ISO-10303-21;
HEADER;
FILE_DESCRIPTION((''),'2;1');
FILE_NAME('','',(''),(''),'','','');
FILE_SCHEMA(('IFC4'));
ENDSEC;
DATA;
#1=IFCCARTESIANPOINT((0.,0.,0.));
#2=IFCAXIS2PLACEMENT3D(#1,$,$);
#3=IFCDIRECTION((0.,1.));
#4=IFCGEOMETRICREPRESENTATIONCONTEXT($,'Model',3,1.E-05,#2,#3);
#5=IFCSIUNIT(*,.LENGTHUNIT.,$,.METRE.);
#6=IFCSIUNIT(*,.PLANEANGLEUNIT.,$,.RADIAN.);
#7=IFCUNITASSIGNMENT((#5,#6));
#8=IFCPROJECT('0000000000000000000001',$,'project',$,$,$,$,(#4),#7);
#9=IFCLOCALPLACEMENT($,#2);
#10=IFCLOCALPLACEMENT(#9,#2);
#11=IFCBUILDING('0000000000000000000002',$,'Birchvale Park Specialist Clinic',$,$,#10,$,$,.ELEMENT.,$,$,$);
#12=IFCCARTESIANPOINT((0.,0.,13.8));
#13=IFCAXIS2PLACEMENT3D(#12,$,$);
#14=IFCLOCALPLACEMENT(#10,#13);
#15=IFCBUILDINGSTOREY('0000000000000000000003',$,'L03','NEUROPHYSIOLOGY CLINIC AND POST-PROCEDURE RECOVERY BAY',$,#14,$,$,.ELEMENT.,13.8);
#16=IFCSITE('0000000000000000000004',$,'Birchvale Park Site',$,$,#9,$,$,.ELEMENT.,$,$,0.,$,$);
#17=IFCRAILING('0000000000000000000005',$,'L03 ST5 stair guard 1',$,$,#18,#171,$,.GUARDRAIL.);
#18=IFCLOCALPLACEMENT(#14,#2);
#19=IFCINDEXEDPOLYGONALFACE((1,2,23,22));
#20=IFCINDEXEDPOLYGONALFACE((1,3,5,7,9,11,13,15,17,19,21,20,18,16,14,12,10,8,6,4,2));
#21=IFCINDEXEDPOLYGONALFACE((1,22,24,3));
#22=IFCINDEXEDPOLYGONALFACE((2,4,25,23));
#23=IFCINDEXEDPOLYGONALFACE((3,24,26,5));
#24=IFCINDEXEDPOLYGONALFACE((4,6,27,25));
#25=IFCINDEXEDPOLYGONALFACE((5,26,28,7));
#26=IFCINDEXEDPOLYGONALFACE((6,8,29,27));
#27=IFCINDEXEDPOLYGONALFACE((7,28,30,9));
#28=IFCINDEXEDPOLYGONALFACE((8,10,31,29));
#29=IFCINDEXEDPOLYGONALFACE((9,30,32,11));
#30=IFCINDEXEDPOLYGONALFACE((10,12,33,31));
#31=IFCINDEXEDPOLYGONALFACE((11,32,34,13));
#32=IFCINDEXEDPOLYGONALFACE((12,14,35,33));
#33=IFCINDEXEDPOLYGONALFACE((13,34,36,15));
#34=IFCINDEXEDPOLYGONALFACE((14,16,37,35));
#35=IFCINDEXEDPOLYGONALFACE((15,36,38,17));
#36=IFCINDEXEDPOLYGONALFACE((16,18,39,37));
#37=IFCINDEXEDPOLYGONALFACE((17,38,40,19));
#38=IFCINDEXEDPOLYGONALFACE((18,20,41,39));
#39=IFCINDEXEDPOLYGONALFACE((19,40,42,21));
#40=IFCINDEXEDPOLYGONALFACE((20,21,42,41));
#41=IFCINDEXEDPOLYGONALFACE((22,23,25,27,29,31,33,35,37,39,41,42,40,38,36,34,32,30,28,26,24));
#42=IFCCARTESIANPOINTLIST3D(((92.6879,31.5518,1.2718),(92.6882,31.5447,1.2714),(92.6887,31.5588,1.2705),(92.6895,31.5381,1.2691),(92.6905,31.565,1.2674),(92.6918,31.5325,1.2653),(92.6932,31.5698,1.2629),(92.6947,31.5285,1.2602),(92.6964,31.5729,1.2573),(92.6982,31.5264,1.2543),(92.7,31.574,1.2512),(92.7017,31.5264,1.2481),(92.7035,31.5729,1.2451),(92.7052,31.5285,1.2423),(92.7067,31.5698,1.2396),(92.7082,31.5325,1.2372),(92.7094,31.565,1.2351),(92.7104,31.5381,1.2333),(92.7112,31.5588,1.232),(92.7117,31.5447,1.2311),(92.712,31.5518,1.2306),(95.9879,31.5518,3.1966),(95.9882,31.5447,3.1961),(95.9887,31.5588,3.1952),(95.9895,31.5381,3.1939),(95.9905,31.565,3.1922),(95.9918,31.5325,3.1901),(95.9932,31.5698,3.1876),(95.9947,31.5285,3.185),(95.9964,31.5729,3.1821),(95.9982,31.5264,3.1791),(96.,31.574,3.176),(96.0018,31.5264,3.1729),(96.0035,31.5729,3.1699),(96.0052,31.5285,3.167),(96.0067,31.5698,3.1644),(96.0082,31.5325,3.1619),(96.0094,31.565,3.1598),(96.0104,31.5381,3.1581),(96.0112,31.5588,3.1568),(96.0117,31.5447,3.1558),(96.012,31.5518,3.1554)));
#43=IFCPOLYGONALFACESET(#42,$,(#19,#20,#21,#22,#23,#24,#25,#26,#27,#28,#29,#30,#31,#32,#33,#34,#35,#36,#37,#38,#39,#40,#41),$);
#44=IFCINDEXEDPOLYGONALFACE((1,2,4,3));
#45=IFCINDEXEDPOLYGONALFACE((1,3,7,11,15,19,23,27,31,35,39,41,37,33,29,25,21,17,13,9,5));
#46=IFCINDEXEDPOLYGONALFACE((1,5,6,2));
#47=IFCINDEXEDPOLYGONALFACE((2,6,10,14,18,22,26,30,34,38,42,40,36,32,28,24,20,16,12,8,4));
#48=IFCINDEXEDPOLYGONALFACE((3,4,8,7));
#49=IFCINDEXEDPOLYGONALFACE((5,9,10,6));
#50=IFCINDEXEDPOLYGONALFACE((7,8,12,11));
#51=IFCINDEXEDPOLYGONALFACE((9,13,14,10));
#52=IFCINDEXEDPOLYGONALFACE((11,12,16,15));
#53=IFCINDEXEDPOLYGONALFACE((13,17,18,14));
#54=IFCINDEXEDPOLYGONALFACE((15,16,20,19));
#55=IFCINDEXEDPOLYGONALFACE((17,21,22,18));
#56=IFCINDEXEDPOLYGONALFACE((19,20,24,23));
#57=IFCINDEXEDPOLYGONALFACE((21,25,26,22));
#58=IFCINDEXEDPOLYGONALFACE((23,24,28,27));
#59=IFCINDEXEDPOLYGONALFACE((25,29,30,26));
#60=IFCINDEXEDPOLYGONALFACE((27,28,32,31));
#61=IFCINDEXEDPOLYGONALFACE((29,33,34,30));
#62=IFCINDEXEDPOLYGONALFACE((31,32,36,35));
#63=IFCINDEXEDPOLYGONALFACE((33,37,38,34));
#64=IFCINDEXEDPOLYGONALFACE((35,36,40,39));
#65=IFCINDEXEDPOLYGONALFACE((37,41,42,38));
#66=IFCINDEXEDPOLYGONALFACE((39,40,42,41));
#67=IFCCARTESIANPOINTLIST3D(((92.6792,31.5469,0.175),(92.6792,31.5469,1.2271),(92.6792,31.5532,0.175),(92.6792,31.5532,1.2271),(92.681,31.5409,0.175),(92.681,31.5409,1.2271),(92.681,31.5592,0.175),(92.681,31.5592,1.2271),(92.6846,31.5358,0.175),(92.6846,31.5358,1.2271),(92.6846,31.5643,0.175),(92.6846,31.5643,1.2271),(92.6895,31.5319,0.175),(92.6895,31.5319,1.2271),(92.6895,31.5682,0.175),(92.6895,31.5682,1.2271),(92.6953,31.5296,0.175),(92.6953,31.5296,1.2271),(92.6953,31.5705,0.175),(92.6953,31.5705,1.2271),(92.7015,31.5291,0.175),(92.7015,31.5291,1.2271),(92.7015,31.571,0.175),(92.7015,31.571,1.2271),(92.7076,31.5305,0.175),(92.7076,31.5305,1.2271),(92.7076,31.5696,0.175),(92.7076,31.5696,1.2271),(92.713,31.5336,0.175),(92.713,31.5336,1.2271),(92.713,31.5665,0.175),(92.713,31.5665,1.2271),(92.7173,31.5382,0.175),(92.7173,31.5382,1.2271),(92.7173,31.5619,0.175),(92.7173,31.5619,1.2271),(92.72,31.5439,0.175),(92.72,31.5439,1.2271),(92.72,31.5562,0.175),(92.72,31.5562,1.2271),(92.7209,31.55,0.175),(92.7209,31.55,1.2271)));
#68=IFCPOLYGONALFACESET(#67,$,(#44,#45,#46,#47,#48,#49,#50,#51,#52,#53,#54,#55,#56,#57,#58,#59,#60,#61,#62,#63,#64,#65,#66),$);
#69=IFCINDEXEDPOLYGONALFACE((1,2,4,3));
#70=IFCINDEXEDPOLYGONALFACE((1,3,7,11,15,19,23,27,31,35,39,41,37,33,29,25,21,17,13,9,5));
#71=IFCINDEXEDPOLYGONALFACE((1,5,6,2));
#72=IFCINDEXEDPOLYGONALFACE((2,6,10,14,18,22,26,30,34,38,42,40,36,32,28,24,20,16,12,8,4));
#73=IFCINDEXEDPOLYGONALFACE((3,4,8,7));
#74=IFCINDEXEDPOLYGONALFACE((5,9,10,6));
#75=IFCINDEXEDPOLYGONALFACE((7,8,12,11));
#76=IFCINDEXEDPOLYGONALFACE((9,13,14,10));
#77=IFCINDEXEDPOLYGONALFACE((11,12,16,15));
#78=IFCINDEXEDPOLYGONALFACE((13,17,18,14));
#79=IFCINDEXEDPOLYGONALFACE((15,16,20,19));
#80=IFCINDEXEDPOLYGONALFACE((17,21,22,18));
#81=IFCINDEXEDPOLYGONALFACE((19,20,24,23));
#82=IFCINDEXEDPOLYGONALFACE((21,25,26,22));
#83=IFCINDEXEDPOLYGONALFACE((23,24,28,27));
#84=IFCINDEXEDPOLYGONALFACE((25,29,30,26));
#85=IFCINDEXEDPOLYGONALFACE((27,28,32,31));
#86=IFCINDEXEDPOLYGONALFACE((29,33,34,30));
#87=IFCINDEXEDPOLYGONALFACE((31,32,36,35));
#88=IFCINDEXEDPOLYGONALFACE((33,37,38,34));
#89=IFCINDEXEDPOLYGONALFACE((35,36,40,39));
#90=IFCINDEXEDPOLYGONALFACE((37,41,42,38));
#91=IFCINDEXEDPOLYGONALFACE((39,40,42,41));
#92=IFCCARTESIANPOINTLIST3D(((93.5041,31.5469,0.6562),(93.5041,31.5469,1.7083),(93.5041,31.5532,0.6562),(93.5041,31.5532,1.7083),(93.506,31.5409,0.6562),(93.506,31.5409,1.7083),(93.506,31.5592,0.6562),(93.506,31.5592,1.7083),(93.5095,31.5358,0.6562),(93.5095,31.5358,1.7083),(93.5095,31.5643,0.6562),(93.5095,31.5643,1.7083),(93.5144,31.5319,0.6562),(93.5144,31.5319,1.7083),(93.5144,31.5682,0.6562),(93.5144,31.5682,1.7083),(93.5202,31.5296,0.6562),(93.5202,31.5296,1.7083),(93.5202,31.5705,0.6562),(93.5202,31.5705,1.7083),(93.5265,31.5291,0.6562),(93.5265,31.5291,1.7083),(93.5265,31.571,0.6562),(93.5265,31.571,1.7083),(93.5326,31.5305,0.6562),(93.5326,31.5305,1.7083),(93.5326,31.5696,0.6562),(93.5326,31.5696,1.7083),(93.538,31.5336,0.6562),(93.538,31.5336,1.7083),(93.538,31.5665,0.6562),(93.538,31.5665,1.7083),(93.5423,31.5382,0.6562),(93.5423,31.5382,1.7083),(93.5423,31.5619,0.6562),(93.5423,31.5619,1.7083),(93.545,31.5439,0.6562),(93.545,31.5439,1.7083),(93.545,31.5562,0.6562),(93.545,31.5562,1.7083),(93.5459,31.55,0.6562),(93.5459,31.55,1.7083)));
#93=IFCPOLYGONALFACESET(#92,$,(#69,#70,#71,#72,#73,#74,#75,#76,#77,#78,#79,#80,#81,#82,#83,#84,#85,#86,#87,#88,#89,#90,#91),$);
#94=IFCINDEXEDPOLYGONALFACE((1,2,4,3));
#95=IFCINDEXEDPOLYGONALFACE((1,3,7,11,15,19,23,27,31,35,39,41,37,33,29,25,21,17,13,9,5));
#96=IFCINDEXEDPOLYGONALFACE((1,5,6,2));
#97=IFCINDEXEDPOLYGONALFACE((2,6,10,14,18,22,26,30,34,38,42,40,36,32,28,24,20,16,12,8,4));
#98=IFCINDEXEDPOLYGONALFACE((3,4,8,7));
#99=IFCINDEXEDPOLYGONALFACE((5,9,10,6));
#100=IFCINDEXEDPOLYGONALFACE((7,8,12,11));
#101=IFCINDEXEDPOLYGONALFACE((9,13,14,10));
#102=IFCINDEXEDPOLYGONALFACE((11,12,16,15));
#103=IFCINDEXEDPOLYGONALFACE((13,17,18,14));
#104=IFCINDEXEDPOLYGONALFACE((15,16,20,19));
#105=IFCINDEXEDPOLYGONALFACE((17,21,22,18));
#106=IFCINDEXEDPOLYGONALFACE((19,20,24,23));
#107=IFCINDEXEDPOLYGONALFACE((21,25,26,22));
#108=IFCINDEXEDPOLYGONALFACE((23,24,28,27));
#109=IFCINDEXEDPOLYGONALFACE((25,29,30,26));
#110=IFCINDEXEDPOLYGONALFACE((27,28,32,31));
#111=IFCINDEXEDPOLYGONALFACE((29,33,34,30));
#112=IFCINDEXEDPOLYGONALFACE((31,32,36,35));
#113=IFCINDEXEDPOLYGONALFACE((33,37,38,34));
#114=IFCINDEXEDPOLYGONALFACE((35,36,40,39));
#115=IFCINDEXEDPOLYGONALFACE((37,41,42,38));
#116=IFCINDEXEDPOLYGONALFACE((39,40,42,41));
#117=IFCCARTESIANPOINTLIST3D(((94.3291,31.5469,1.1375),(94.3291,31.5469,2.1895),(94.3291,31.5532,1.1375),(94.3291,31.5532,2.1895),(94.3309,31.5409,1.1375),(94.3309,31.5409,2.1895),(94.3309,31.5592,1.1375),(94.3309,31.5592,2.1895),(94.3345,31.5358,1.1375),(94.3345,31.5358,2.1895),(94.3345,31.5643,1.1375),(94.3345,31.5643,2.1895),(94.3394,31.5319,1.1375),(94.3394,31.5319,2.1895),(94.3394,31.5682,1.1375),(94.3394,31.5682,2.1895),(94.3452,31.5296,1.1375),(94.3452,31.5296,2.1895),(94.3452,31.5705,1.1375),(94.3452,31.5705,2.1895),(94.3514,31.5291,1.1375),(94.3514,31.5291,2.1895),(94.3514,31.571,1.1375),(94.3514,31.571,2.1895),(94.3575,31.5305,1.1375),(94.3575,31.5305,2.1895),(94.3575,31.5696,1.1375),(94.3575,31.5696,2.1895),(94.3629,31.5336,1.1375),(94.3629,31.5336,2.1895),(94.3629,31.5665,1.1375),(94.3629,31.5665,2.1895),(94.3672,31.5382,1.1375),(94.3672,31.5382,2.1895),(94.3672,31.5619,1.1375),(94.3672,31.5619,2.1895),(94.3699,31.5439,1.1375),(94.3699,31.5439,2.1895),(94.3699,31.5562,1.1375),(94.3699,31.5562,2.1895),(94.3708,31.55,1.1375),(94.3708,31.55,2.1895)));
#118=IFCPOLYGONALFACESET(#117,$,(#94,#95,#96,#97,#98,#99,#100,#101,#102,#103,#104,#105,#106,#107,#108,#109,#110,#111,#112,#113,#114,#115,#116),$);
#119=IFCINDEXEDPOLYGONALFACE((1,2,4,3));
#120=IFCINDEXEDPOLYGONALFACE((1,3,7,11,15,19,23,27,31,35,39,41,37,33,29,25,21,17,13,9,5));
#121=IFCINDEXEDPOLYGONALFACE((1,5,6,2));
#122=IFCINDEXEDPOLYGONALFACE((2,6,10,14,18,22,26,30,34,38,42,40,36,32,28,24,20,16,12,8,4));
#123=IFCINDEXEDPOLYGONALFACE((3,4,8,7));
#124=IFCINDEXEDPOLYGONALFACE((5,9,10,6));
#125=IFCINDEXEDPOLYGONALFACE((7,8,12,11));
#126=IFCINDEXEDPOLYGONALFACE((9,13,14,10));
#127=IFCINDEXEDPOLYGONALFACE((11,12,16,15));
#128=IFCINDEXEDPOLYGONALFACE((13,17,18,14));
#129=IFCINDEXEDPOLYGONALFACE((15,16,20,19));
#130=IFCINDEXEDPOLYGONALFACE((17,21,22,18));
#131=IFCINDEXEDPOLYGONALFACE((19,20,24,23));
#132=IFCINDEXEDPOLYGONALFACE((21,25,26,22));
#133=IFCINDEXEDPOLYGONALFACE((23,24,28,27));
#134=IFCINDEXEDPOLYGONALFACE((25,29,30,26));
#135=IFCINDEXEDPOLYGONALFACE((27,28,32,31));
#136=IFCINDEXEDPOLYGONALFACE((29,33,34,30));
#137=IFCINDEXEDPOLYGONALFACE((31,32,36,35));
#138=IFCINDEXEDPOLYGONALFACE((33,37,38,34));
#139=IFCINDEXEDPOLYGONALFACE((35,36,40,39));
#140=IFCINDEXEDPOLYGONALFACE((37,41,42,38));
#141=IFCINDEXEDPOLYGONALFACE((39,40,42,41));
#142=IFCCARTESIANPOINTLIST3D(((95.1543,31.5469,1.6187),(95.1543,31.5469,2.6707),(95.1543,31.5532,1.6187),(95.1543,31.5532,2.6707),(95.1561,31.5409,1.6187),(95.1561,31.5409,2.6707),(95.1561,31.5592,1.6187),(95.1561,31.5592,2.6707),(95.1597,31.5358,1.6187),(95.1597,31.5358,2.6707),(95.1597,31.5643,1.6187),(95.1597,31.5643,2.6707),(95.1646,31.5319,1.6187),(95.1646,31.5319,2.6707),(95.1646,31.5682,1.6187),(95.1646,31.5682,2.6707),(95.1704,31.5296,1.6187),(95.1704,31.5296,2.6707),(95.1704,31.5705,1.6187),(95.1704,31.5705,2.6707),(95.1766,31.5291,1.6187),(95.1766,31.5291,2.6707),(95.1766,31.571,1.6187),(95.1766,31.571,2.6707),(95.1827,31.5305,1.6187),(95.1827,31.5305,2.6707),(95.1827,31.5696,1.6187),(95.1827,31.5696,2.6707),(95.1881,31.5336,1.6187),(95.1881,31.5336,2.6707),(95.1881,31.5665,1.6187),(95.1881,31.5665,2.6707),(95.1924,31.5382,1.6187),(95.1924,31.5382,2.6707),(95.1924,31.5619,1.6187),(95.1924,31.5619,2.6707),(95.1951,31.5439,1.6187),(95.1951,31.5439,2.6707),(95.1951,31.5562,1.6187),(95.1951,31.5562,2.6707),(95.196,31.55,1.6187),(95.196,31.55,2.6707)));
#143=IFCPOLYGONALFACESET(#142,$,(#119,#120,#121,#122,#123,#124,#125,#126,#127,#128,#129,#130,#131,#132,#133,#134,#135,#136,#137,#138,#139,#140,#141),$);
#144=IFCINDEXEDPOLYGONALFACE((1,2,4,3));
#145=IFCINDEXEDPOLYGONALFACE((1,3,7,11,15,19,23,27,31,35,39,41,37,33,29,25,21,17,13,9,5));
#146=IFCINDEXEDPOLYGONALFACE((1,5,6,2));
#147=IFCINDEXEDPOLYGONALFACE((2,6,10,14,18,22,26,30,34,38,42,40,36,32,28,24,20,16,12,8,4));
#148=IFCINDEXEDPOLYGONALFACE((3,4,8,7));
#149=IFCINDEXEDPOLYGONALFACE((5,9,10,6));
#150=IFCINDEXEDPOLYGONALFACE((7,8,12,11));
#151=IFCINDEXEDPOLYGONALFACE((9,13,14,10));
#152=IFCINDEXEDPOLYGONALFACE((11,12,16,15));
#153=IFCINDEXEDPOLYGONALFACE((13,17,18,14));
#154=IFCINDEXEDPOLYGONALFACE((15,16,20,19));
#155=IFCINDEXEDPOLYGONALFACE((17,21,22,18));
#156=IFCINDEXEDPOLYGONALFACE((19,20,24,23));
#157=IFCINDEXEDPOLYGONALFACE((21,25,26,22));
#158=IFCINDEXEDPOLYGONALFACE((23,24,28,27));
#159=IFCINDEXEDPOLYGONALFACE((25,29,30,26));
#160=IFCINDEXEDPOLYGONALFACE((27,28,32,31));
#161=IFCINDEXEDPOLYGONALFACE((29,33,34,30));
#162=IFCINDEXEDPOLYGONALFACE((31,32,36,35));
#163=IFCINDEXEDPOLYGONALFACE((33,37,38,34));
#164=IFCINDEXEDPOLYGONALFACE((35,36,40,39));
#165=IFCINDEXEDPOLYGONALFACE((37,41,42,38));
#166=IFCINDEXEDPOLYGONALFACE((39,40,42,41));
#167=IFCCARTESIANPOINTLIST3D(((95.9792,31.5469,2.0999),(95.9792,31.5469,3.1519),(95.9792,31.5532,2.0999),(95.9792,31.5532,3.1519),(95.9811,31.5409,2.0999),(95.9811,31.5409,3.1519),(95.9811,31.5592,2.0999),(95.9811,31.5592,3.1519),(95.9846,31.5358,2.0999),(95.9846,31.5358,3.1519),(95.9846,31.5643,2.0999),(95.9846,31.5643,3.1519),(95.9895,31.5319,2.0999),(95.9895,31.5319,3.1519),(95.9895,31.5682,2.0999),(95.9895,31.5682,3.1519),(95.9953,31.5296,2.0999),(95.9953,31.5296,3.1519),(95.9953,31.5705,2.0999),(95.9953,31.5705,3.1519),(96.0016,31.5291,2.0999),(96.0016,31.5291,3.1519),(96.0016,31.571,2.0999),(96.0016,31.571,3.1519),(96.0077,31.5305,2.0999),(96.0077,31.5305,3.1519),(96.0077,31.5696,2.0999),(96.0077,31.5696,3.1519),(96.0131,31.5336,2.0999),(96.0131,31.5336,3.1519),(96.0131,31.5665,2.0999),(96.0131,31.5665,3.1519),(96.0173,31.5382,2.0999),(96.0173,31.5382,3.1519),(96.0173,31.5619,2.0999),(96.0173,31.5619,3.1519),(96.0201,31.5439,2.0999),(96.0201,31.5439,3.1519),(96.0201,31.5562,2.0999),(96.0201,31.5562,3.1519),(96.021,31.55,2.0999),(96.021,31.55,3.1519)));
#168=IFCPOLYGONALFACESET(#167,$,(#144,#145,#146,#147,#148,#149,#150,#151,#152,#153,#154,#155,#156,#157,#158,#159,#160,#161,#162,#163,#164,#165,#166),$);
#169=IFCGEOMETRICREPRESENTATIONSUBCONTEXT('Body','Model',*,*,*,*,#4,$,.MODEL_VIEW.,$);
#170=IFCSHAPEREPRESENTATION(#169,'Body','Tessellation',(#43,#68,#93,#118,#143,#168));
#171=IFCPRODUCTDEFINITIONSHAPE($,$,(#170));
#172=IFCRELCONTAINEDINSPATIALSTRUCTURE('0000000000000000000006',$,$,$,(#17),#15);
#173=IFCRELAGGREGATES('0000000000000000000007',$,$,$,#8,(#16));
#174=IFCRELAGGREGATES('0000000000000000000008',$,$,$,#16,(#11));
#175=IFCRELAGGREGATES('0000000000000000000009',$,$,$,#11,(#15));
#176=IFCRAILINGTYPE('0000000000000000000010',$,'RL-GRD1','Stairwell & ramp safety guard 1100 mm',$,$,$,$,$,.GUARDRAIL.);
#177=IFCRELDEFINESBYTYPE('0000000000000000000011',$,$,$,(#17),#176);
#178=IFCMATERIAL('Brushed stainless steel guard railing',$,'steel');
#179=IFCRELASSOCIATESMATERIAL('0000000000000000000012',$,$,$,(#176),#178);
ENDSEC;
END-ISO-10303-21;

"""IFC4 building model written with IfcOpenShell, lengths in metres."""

from ifc_helpers import new_model, si_unit, direction, frame, origin, origin_2d, place, context, subcontext, project, spatial, circle, extrude, material, type_object, element, save


model = new_model("IFC4")

# Units and contexts
model_context = context("Model", 3, precision=1e-05, world=origin(), true_north=direction((0.0, 1.0)))
body_context = subcontext(model_context, "Body", "Model", "MODEL_VIEW")
ifc_project = project(units=[si_unit("LENGTHUNIT", "METRE"), si_unit("PLANEANGLEUNIT", "RADIAN")], contexts=[model_context])

# Site, building, storey
site_placement = place(None, origin())
site = spatial("IfcSite", under=ifc_project, at=site_placement, Name="Birchvale Park Site", CompositionType="ELEMENT", RefElevation=0.0)
building_placement = place(site_placement, origin())
building = spatial("IfcBuilding", under=site, at=building_placement, Name="Birchvale Park Specialist Clinic", CompositionType="ELEMENT")
storey_placement = place(building_placement, frame((0.0, 0.0, 13.8)))
storey = spatial("IfcBuildingStorey", under=building, at=storey_placement, Name="L03", Description="NEUROPHYSIOLOGY CLINIC AND POST-PROCEDURE RECOVERY BAY", CompositionType="ELEMENT", Elevation=13.8)

# Railing
ifc_material_1 = material(Name="Brushed stainless steel guard railing", Category="steel")
railing_type_1 = type_object("IfcRailingType", Name="RL-GRD1", Description="Stairwell & ramp safety guard 1100 mm", PredefinedType="GUARDRAIL", material=ifc_material_1)
railing_1_placement = place(storey_placement, frame((92.7, 31.55, 0.175)))
element("IfcRailing", 1, at=railing_1_placement, inside=storey, type_object=railing_type_1, Name="L03 ST5 stair guard 1", PredefinedType="GUARDRAIL", context=body_context, shape_type="SweptSolid", body=[
    extrude(circle(Radius=0.0239, at=origin_2d()), frame((0.0, 0.0, 1.0762), z_axis=(0.863804, 0.0, 0.503827), x_axis=(0.0, 1.0, 0.0)), (0.0, 0.0, 1.0), 3.8203),
    extrude(circle(Radius=0.021, at=origin_2d()), origin(), (0.0, 0.0, 1.0), 1.052),
    extrude(circle(Radius=0.021, at=origin_2d()), frame((0.825, 0.0, 0.4812)), (0.0, 0.0, 1.0), 1.052),
    extrude(circle(Radius=0.021, at=origin_2d()), frame((1.6499, 0.0, 0.9624)), (0.0, 0.0, 1.0), 1.052),
    extrude(circle(Radius=0.021, at=origin_2d()), frame((2.4751, 0.0, 1.4436)), (0.0, 0.0, 1.0), 1.052),
    extrude(circle(Radius=0.021, at=origin_2d()), frame((3.3, 0.0, 1.9248)), (0.0, 0.0, 1.0), 1.052),
])

save(model, "model.ifc")
